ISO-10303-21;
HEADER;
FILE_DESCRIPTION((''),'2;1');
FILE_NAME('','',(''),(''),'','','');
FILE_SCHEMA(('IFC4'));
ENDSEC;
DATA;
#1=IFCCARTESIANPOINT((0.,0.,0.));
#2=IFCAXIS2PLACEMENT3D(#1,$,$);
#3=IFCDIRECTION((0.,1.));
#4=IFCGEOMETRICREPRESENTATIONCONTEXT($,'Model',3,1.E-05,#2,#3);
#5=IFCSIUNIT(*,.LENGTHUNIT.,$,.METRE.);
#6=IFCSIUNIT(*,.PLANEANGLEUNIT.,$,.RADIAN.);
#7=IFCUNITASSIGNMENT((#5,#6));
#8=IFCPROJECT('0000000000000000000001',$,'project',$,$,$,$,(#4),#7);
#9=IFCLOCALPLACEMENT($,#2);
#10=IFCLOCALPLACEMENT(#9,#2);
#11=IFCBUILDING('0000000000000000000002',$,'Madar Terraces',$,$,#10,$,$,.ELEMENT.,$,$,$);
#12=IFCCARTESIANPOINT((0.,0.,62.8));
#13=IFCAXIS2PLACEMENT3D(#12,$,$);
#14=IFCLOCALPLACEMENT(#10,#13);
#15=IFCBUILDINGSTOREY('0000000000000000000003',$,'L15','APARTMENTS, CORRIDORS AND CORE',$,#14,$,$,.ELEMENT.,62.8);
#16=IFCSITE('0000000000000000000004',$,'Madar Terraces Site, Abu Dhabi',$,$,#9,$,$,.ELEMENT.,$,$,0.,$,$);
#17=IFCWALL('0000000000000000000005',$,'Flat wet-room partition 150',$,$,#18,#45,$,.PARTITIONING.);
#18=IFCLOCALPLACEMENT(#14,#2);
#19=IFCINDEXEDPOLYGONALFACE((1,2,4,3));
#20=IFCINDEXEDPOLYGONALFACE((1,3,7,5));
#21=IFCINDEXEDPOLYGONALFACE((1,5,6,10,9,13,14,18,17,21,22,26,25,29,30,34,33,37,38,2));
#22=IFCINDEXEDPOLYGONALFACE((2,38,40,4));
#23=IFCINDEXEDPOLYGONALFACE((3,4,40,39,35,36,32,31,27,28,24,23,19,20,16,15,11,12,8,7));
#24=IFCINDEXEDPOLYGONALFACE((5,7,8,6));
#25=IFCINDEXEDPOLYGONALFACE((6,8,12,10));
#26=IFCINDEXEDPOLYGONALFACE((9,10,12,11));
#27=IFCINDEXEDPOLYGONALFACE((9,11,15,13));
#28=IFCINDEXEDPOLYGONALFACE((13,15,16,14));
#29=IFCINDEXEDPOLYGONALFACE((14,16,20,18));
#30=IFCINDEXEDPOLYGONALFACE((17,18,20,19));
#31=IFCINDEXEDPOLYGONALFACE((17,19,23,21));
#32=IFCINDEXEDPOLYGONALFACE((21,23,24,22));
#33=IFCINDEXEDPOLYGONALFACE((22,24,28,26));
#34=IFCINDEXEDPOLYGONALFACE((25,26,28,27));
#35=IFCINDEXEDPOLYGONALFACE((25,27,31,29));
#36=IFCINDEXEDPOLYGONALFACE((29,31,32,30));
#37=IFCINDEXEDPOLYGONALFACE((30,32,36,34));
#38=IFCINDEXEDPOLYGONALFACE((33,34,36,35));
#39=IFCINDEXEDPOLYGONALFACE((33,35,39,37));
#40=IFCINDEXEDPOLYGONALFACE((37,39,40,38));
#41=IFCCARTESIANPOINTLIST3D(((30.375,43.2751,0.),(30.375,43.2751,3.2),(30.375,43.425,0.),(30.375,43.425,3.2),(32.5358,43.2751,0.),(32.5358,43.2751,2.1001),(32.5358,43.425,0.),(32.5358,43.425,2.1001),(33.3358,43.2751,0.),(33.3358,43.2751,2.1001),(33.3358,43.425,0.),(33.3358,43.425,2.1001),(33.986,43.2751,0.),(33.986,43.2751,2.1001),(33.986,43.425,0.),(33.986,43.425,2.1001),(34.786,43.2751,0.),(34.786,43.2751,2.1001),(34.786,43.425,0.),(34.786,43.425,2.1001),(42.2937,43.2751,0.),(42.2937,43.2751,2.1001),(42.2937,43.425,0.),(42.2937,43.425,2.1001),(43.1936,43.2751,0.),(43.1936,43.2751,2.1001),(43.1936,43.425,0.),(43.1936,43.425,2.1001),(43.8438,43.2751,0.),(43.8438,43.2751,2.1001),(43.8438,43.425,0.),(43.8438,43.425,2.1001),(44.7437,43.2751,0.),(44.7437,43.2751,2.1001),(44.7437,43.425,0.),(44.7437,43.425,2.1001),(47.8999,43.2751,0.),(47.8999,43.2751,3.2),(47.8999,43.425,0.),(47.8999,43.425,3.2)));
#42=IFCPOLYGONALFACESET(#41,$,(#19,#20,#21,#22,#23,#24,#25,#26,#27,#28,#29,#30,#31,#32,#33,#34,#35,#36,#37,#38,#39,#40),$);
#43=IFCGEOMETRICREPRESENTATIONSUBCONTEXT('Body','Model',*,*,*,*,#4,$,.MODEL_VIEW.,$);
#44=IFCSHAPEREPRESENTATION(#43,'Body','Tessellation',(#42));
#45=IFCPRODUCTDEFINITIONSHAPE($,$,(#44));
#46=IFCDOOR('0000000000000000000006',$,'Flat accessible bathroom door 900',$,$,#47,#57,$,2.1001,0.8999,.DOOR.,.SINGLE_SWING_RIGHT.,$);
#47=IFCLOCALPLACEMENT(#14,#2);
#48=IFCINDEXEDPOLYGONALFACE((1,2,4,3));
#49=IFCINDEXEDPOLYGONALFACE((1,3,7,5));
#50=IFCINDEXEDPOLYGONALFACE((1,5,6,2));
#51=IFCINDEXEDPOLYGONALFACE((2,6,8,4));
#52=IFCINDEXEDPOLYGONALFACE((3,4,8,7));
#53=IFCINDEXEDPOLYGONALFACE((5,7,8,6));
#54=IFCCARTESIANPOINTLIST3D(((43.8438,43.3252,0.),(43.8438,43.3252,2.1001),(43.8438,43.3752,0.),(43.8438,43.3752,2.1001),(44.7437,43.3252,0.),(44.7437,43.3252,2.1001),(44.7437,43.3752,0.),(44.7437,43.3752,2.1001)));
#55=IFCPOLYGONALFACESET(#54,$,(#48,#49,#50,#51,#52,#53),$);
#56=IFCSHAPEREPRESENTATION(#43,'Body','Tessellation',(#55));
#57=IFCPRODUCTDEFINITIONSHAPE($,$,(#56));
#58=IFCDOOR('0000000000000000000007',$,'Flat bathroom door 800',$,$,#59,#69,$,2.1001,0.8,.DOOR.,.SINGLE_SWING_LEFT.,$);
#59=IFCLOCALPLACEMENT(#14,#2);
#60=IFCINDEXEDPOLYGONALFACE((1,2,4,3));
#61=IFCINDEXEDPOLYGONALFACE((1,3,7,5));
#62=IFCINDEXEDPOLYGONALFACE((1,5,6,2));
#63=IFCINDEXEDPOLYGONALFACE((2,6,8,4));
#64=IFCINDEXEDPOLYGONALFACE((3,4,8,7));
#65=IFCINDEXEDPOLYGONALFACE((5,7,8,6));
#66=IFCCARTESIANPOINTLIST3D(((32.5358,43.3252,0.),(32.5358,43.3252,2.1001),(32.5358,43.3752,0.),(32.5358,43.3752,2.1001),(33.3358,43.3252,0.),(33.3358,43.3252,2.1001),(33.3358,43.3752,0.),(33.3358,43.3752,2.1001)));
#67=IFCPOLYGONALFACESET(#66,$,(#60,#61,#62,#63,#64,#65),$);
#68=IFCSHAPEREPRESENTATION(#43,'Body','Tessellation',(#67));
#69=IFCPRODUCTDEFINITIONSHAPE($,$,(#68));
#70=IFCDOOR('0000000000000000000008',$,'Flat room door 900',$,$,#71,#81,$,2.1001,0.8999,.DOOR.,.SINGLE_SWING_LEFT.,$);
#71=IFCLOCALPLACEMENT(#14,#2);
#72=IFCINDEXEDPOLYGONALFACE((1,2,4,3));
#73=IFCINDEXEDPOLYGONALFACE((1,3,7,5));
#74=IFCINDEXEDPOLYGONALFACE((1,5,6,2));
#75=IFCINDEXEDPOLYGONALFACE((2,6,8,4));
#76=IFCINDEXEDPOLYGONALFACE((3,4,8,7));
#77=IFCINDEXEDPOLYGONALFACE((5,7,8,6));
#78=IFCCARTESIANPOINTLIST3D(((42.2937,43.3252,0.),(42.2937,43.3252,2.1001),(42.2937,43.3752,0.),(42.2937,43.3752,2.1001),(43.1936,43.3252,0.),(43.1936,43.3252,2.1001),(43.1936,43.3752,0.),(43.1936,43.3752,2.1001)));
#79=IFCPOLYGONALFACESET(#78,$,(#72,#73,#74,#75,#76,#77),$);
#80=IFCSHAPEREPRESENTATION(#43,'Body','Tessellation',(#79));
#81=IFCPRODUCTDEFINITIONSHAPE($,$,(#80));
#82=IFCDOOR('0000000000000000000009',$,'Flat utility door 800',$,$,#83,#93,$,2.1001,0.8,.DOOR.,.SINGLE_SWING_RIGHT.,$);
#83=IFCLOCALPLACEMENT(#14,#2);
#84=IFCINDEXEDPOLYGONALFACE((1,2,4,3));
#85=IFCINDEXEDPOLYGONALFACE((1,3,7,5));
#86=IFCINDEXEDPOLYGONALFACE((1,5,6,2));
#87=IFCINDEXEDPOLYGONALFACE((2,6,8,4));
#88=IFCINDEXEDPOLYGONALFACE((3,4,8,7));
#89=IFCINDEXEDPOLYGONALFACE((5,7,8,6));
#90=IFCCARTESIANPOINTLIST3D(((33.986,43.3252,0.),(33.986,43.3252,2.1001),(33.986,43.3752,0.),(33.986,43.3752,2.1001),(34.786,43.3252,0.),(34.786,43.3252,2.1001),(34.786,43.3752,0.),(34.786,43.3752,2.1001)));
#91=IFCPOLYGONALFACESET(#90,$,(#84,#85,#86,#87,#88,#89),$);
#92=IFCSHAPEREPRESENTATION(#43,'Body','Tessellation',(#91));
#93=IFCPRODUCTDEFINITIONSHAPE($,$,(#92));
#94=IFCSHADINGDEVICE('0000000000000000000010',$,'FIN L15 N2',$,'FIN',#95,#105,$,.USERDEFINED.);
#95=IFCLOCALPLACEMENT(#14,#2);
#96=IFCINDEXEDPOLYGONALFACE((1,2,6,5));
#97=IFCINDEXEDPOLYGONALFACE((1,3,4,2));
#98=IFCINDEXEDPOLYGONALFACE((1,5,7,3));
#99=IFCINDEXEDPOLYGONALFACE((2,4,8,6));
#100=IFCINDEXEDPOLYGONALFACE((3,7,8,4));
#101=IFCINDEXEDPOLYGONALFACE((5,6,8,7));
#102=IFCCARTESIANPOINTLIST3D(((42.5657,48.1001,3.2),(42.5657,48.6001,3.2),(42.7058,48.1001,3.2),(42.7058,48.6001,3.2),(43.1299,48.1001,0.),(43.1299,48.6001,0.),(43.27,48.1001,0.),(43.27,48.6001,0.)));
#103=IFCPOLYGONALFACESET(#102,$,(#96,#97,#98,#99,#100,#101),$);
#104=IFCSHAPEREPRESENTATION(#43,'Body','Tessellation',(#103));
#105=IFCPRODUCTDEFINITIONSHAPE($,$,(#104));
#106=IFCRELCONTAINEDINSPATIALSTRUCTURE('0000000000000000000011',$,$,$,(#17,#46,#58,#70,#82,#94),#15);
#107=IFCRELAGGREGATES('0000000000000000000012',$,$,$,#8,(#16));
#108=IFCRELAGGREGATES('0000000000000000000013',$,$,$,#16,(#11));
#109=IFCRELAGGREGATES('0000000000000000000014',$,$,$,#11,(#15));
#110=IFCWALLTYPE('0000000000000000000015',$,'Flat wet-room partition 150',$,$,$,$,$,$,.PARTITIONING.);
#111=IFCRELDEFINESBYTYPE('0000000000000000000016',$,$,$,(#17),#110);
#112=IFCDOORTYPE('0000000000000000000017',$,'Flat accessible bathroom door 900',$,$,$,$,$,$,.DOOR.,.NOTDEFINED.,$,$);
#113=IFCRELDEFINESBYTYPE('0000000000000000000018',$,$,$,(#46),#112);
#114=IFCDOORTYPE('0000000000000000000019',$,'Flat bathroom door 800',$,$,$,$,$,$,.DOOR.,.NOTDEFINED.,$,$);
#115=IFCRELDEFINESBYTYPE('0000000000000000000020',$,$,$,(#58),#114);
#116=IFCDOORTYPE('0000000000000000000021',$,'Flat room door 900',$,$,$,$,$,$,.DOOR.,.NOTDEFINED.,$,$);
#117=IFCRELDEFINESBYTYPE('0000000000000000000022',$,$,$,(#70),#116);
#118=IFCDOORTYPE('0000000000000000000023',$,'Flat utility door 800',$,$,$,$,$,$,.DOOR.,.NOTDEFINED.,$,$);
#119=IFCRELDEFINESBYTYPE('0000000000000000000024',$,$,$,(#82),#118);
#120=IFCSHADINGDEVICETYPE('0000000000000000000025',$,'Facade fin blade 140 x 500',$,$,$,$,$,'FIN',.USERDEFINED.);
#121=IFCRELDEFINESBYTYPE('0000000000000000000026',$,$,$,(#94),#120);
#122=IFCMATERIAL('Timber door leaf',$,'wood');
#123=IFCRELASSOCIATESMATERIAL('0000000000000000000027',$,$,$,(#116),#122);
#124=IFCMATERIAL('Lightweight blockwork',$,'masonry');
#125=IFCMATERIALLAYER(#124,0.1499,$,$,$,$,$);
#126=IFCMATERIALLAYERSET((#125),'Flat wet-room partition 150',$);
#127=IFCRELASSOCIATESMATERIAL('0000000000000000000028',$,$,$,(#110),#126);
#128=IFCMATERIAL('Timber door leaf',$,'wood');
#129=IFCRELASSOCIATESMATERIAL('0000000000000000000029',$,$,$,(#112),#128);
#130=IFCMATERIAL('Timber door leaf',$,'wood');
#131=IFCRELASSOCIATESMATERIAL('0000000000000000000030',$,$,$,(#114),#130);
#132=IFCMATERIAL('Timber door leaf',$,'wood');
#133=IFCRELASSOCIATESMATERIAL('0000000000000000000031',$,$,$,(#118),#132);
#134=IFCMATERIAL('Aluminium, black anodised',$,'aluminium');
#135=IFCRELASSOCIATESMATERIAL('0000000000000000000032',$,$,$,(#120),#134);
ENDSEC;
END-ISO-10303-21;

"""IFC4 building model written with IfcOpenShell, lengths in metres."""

from ifc_helpers import new_model, si_unit, direction, frame, frame_2d, origin, place, context, subcontext, project, spatial, polyline, rectangle, outline, extrude, material, layer, layer_set, type_object, element, fill, save


model = new_model("IFC4")

# Units and contexts
model_context = context("Model", 3, precision=1e-05, world=origin(), true_north=direction((0.0, 1.0)))
body_context = subcontext(model_context, "Body", "Model", "MODEL_VIEW")
ifc_project = project(units=[si_unit("LENGTHUNIT", "METRE"), si_unit("PLANEANGLEUNIT", "RADIAN")], contexts=[model_context])

# Site, building, storey
site_placement = place(None, origin())
site = spatial("IfcSite", under=ifc_project, at=site_placement, Name="Madar Terraces Site, Abu Dhabi", CompositionType="ELEMENT", RefElevation=0.0)
building_placement = place(site_placement, origin())
building = spatial("IfcBuilding", under=site, at=building_placement, Name="Madar Terraces", CompositionType="ELEMENT")
storey_placement = place(building_placement, frame((0.0, 0.0, 62.8)))
storey = spatial("IfcBuildingStorey", under=building, at=storey_placement, Name="L15", Description="APARTMENTS, CORRIDORS AND CORE", CompositionType="ELEMENT", Elevation=62.8)

# Shared definitions
ifc_material_1 = material(Name="Timber door leaf", Category="wood")
door_type_1 = type_object("IfcDoorType", Name="Flat room door 900", OperationType="NOTDEFINED", PredefinedType="DOOR", material=ifc_material_1)

# Wall, openings, doors
ifc_material_2 = material(Name="Lightweight blockwork", Category="masonry")
ifc_layer_1 = layer(ifc_material_2, 0.1499)
ifc_layer_set_1 = layer_set([ifc_layer_1], Name="Flat wet-room partition 150")
wall_type_1 = type_object("IfcWallType", Name="Flat wet-room partition 150", PredefinedType="PARTITIONING", material=ifc_layer_set_1)
wall_1_placement = place(storey_placement, frame((47.8999, 43.3501, 0.0), z_axis=(0.0, 0.0, 1.0), x_axis=(-1.0, 0.0, 0.0)))
wall_1 = element("IfcWall", 1, at=wall_1_placement, inside=storey, type_object=wall_type_1, Name="Flat wet-room partition 150", PredefinedType="PARTITIONING", context=body_context, shape_type="SweptSolid", body=[
    extrude(rectangle(XDim=17.5249, YDim=0.1499, at=frame_2d((8.7625, 0.0))), origin(), (0.0, 0.0, 1.0), 3.2),
])
opening_1_placement = place(wall_1_placement, frame((14.5642, 0.0, 0.0)))
opening_1 = element("IfcOpeningElement", 2, at=opening_1_placement, cuts=wall_1, PredefinedType="OPENING", context=body_context, shape_type="SweptSolid", body=[
    extrude(rectangle(XDim=0.8, YDim=2.1001, at=frame_2d((0.3999, 1.05))), frame((0.0, 0.085, 0.0), z_axis=(0.0, -1.0, 0.0), x_axis=(1.0, 0.0, 0.0)), (0.0, 0.0, 1.0), 0.1699),
])
opening_2_placement = place(wall_1_placement, frame((13.114, 0.0, 0.0)))
opening_2 = element("IfcOpeningElement", 3, at=opening_2_placement, cuts=wall_1, PredefinedType="OPENING", context=body_context, shape_type="SweptSolid", body=[
    extrude(rectangle(XDim=0.8, YDim=2.1001, at=frame_2d((0.3999, 1.05))), frame((0.0, 0.085, 0.0), z_axis=(0.0, -1.0, 0.0), x_axis=(1.0, 0.0, 0.0)), (0.0, 0.0, 1.0), 0.1699),
])
opening_3_placement = place(wall_1_placement, frame((4.7063, 0.0, 0.0)))
opening_3 = element("IfcOpeningElement", 4, at=opening_3_placement, cuts=wall_1, PredefinedType="OPENING", context=body_context, shape_type="SweptSolid", body=[
    extrude(rectangle(XDim=0.8999, YDim=2.1001, at=frame_2d((0.45, 1.05))), frame((0.0, 0.085, 0.0), z_axis=(0.0, -1.0, 0.0), x_axis=(1.0, 0.0, 0.0)), (0.0, 0.0, 1.0), 0.1699),
])
opening_4_placement = place(wall_1_placement, frame((3.1562, 0.0, 0.0)))
opening_4 = element("IfcOpeningElement", 5, at=opening_4_placement, cuts=wall_1, PredefinedType="OPENING", context=body_context, shape_type="SweptSolid", body=[
    extrude(rectangle(XDim=0.8999, YDim=2.1001, at=frame_2d((0.45, 1.05))), frame((0.0, 0.085, 0.0), z_axis=(0.0, -1.0, 0.0), x_axis=(1.0, 0.0, 0.0)), (0.0, 0.0, 1.0), 0.1699),
])
ifc_material_3 = material(Name="Timber door leaf", Category="wood")
door_type_2 = type_object("IfcDoorType", Name="Flat accessible bathroom door 900", OperationType="NOTDEFINED", PredefinedType="DOOR", material=ifc_material_3)
door_1_placement = place(opening_4_placement, origin())
door_1 = element("IfcDoor", 6, at=door_1_placement, inside=storey, type_object=door_type_2, Name="Flat accessible bathroom door 900", OperationType="SINGLE_SWING_RIGHT", OverallHeight=2.1001, OverallWidth=0.8999, PredefinedType="DOOR", context=body_context, shape_type="SweptSolid", body=[
    extrude(rectangle(XDim=0.8999, YDim=2.1001, at=frame_2d((0.45, 1.05))), frame((0.0, 0.0249, 0.0), z_axis=(0.0, -1.0, 0.0), x_axis=(1.0, 0.0, 0.0)), (0.0, 0.0, 1.0), 0.05),
])
fill(opening_4, door_1)
ifc_material_4 = material(Name="Timber door leaf", Category="wood")
door_type_3 = type_object("IfcDoorType", Name="Flat bathroom door 800", OperationType="NOTDEFINED", PredefinedType="DOOR", material=ifc_material_4)
door_2_placement = place(opening_1_placement, origin())
door_2 = element("IfcDoor", 7, at=door_2_placement, inside=storey, type_object=door_type_3, Name="Flat bathroom door 800", OperationType="SINGLE_SWING_LEFT", OverallHeight=2.1001, OverallWidth=0.8, PredefinedType="DOOR", context=body_context, shape_type="SweptSolid", body=[
    extrude(rectangle(XDim=0.8, YDim=2.1001, at=frame_2d((0.3999, 1.05))), frame((0.0, 0.0249, 0.0), z_axis=(0.0, -1.0, 0.0), x_axis=(1.0, 0.0, 0.0)), (0.0, 0.0, 1.0), 0.05),
])
fill(opening_1, door_2)
door_3_placement = place(opening_3_placement, origin())
door_3 = element("IfcDoor", 8, at=door_3_placement, inside=storey, type_object=door_type_1, Name="Flat room door 900", OperationType="SINGLE_SWING_LEFT", OverallHeight=2.1001, OverallWidth=0.8999, PredefinedType="DOOR", context=body_context, shape_type="SweptSolid", body=[
    extrude(rectangle(XDim=0.8999, YDim=2.1001, at=frame_2d((0.45, 1.05))), frame((0.0, 0.0249, 0.0), z_axis=(0.0, -1.0, 0.0), x_axis=(1.0, 0.0, 0.0)), (0.0, 0.0, 1.0), 0.05),
])
fill(opening_3, door_3)
ifc_material_5 = material(Name="Timber door leaf", Category="wood")
door_type_4 = type_object("IfcDoorType", Name="Flat utility door 800", OperationType="NOTDEFINED", PredefinedType="DOOR", material=ifc_material_5)
door_4_placement = place(opening_2_placement, origin())
door_4 = element("IfcDoor", 9, at=door_4_placement, inside=storey, type_object=door_type_4, Name="Flat utility door 800", OperationType="SINGLE_SWING_RIGHT", OverallHeight=2.1001, OverallWidth=0.8, PredefinedType="DOOR", context=body_context, shape_type="SweptSolid", body=[
    extrude(rectangle(XDim=0.8, YDim=2.1001, at=frame_2d((0.3999, 1.05))), frame((0.0, 0.0249, 0.0), z_axis=(0.0, -1.0, 0.0), x_axis=(1.0, 0.0, 0.0)), (0.0, 0.0, 1.0), 0.05),
])
fill(opening_2, door_4)

# Shading device
ifc_material_6 = material(Name="Aluminium, black anodised", Category="aluminium")
shading_device_type = type_object("IfcShadingDeviceType", Name="Facade fin blade 140 x 500", ElementType="FIN", PredefinedType="USERDEFINED", material=ifc_material_6)
shading_device_placement = place(storey_placement, frame((43.27, 48.3501, 0.0), z_axis=(0.0, 0.0, 1.0), x_axis=(-1.0, 0.0, 0.0)))
element("IfcShadingDevice", 10, at=shading_device_placement, inside=storey, type_object=shading_device_type, Name="FIN L15 N2", ObjectType="FIN", PredefinedType="USERDEFINED", context=body_context, shape_type="SweptSolid", body=[
    extrude(outline(polyline([(0.0, 0.0), (0.1401, 0.0), (0.7043, 3.2), (0.5642, 3.2), (0.0, 0.0)])), frame((0.0, 0.25, 0.0), z_axis=(0.0, -1.0, 0.0), x_axis=(1.0, 0.0, 0.0)), (0.0, 0.0, 1.0), 0.5),
])

save(model, "model.ifc")
